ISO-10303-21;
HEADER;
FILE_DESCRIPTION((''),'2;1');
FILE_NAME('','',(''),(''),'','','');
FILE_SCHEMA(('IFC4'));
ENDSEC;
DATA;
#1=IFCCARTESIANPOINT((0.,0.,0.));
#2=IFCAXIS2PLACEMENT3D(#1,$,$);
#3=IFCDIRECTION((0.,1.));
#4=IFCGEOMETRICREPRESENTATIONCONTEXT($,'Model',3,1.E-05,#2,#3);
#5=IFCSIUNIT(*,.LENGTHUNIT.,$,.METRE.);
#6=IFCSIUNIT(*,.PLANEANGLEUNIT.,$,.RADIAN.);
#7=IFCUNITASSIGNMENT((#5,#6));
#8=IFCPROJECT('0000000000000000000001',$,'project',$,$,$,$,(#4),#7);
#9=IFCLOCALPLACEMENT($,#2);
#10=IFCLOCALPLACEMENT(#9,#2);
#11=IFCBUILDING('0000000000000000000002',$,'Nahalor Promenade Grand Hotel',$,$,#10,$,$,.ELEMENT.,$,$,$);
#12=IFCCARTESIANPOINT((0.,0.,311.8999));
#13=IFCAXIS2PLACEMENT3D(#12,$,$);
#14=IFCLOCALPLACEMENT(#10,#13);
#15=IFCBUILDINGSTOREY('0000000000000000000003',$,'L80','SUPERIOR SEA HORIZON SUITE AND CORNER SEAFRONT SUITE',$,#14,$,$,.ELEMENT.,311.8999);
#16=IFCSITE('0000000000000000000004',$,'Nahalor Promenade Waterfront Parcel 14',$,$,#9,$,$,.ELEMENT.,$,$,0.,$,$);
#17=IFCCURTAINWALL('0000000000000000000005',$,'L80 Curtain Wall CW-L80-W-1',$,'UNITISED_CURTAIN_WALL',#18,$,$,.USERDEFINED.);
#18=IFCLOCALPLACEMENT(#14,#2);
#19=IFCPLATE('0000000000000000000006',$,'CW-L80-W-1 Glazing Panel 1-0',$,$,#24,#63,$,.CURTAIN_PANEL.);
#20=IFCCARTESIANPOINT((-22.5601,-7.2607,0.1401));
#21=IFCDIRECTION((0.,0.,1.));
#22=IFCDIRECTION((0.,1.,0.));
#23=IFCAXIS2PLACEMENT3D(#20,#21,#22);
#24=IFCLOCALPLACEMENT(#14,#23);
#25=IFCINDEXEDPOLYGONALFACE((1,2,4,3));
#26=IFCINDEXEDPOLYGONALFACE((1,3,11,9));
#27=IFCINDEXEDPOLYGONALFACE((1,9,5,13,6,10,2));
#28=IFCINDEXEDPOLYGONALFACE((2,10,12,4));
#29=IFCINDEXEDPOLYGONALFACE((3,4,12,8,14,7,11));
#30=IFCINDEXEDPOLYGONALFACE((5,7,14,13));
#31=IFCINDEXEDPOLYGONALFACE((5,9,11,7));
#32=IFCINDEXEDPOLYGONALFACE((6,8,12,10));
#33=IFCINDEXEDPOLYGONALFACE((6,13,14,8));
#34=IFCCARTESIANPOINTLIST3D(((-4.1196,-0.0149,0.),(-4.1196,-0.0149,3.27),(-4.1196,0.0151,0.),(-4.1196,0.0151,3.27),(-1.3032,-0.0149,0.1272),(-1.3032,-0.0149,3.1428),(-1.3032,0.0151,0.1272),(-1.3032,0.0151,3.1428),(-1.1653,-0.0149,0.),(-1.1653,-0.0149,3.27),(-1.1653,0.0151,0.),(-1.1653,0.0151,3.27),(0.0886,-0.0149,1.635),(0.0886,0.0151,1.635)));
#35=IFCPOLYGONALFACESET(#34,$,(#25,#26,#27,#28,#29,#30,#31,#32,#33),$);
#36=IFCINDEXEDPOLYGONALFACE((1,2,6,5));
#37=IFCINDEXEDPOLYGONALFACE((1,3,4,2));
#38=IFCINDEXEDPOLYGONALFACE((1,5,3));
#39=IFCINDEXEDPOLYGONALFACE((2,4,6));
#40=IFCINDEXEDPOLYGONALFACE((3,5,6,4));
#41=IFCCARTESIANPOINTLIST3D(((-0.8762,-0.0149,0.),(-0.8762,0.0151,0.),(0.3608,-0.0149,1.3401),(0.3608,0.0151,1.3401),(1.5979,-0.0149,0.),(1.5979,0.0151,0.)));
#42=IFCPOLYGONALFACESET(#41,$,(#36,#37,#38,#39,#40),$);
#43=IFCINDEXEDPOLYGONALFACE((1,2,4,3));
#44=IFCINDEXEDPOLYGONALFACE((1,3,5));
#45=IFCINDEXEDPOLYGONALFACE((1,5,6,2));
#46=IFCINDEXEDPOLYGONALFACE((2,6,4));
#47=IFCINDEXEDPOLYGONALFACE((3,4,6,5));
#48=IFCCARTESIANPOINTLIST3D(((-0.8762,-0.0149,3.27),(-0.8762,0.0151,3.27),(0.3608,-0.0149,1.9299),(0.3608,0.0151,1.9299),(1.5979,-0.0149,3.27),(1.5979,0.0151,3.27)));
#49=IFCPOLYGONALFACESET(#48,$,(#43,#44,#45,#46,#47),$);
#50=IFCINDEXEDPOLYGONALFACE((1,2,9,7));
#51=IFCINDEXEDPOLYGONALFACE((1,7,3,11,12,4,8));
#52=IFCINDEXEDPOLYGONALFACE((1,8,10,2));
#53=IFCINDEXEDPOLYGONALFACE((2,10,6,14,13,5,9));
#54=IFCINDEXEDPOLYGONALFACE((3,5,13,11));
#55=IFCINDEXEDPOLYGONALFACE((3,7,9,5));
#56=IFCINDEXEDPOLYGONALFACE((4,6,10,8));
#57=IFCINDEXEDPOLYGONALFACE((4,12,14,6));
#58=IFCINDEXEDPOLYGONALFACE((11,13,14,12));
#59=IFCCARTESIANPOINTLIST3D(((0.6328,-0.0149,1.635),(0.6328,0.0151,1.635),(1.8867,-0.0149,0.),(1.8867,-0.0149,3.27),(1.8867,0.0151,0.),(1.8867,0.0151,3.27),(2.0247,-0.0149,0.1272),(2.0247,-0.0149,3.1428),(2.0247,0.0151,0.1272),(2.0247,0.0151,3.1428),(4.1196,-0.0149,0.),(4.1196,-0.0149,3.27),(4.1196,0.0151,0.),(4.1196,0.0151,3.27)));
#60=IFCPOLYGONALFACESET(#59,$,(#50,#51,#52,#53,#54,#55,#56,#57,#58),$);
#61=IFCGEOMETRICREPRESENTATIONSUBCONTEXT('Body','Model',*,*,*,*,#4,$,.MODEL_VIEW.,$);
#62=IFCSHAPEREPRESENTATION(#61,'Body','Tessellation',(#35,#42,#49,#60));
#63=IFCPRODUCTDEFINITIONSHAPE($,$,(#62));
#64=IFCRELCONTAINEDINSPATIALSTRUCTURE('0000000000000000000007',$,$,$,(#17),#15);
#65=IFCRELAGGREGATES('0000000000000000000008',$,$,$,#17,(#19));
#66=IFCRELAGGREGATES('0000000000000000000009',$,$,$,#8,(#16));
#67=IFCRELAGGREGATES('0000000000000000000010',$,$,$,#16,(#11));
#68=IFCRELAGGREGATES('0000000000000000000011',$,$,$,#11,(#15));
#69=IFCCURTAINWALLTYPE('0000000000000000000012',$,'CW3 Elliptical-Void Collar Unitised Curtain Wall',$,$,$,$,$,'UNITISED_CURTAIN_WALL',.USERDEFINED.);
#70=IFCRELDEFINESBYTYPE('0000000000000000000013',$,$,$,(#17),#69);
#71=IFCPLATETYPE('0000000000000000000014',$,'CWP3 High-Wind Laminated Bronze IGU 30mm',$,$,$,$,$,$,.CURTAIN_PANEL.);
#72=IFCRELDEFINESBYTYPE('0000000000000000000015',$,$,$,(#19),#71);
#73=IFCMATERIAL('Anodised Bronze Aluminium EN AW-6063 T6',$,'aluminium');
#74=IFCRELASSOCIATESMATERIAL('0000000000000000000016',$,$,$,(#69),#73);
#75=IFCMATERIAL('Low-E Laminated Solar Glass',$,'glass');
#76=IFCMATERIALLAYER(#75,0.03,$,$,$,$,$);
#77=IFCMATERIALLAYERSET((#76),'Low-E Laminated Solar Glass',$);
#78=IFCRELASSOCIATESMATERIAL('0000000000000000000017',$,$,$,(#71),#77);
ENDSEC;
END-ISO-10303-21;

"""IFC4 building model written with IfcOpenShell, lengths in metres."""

from ifc_helpers import new_model, si_unit, direction, frame, origin, place, context, subcontext, project, spatial, polyline, outline, extrude, material, layer, layer_set, type_object, element, aggregate, save


model = new_model("IFC4")

# Units and contexts
model_context = context("Model", 3, precision=1e-05, world=origin(), true_north=direction((0.0, 1.0)))
body_context = subcontext(model_context, "Body", "Model", "MODEL_VIEW")
ifc_project = project(units=[si_unit("LENGTHUNIT", "METRE"), si_unit("PLANEANGLEUNIT", "RADIAN")], contexts=[model_context])

# Site, building, storey
site_placement = place(None, origin())
site = spatial("IfcSite", under=ifc_project, at=site_placement, Name="Nahalor Promenade Waterfront Parcel 14", CompositionType="ELEMENT", RefElevation=0.0)
building_placement = place(site_placement, origin())
building = spatial("IfcBuilding", under=site, at=building_placement, Name="Nahalor Promenade Grand Hotel", CompositionType="ELEMENT")
storey_placement = place(building_placement, frame((0.0, 0.0, 311.8999)))
storey = spatial("IfcBuildingStorey", under=building, at=storey_placement, Name="L80", Description="SUPERIOR SEA HORIZON SUITE AND CORNER SEAFRONT SUITE", CompositionType="ELEMENT", Elevation=311.8999)

# Shared definitions
ifc_material_1 = material(Name="Anodised Bronze Aluminium EN AW-6063 T6", Category="aluminium")
curtain_wall_type = type_object("IfcCurtainWallType", Name="CW3 Elliptical-Void Collar Unitised Curtain Wall", ElementType="UNITISED_CURTAIN_WALL", PredefinedType="USERDEFINED", material=ifc_material_1)

# Curtain wall
curtain_wall_1_placement = place(storey_placement, origin())
curtain_wall_1 = element("IfcCurtainWall", 1, at=curtain_wall_1_placement, inside=storey, type_object=curtain_wall_type, Name="L80 Curtain Wall CW-L80-W-1", ObjectType="UNITISED_CURTAIN_WALL", PredefinedType="USERDEFINED")

# Plate
ifc_material_2 = material(Name="Low-E Laminated Solar Glass", Category="glass")
ifc_layer_1 = layer(ifc_material_2, 0.03)
ifc_layer_set_1 = layer_set([ifc_layer_1], Name="Low-E Laminated Solar Glass")
plate_type_1 = type_object("IfcPlateType", Name="CWP3 High-Wind Laminated Bronze IGU 30mm", PredefinedType="CURTAIN_PANEL", material=ifc_layer_set_1)
plate_1_placement = place(storey_placement, frame((-22.5601, -7.2607, 0.1401), z_axis=(0.0, 0.0, 1.0), x_axis=(0.0, 1.0, 0.0)))
plate_1 = element("IfcPlate", 2, at=plate_1_placement, type_object=plate_type_1, Name="CW-L80-W-1 Glazing Panel 1-0", PredefinedType="CURTAIN_PANEL", context=body_context, shape_type="SweptSolid", body=[
    extrude(outline(polyline([(-4.1196, 3.27), (-4.1196, 0.0), (-1.1653, 0.0), (-1.3032, 0.1272), (0.0886, 1.635), (-1.3032, 3.1428), (-1.1653, 3.27), (-4.1196, 3.27)])), frame((0.0, 0.0151, 0.0), z_axis=(0.0, -1.0, 0.0), x_axis=(1.0, 0.0, 0.0)), (0.0, 0.0, 1.0), 0.03),
    extrude(outline(polyline([(0.3608, 1.3401), (-0.8762, 0.0), (1.5979, 0.0), (0.3608, 1.3401)])), frame((0.0, 0.0151, 0.0), z_axis=(0.0, -1.0, 0.0), x_axis=(1.0, 0.0, 0.0)), (0.0, 0.0, 1.0), 0.03),
    extrude(outline(polyline([(0.3608, 1.9299), (1.5979, 3.27), (-0.8762, 3.27), (0.3608, 1.9299)])), frame((0.0, 0.0151, 0.0), z_axis=(0.0, -1.0, 0.0), x_axis=(1.0, 0.0, 0.0)), (0.0, 0.0, 1.0), 0.03),
    extrude(outline(polyline([(4.1196, 0.0), (4.1196, 3.27), (1.8867, 3.27), (2.0247, 3.1428), (0.6328, 1.635), (2.0247, 0.1272), (1.8867, 0.0), (4.1196, 0.0)])), frame((0.0, 0.0151, 0.0), z_axis=(0.0, -1.0, 0.0), x_axis=(1.0, 0.0, 0.0)), (0.0, 0.0, 1.0), 0.03),
])
aggregate(curtain_wall_1, [plate_1])

save(model, "model.ifc")
